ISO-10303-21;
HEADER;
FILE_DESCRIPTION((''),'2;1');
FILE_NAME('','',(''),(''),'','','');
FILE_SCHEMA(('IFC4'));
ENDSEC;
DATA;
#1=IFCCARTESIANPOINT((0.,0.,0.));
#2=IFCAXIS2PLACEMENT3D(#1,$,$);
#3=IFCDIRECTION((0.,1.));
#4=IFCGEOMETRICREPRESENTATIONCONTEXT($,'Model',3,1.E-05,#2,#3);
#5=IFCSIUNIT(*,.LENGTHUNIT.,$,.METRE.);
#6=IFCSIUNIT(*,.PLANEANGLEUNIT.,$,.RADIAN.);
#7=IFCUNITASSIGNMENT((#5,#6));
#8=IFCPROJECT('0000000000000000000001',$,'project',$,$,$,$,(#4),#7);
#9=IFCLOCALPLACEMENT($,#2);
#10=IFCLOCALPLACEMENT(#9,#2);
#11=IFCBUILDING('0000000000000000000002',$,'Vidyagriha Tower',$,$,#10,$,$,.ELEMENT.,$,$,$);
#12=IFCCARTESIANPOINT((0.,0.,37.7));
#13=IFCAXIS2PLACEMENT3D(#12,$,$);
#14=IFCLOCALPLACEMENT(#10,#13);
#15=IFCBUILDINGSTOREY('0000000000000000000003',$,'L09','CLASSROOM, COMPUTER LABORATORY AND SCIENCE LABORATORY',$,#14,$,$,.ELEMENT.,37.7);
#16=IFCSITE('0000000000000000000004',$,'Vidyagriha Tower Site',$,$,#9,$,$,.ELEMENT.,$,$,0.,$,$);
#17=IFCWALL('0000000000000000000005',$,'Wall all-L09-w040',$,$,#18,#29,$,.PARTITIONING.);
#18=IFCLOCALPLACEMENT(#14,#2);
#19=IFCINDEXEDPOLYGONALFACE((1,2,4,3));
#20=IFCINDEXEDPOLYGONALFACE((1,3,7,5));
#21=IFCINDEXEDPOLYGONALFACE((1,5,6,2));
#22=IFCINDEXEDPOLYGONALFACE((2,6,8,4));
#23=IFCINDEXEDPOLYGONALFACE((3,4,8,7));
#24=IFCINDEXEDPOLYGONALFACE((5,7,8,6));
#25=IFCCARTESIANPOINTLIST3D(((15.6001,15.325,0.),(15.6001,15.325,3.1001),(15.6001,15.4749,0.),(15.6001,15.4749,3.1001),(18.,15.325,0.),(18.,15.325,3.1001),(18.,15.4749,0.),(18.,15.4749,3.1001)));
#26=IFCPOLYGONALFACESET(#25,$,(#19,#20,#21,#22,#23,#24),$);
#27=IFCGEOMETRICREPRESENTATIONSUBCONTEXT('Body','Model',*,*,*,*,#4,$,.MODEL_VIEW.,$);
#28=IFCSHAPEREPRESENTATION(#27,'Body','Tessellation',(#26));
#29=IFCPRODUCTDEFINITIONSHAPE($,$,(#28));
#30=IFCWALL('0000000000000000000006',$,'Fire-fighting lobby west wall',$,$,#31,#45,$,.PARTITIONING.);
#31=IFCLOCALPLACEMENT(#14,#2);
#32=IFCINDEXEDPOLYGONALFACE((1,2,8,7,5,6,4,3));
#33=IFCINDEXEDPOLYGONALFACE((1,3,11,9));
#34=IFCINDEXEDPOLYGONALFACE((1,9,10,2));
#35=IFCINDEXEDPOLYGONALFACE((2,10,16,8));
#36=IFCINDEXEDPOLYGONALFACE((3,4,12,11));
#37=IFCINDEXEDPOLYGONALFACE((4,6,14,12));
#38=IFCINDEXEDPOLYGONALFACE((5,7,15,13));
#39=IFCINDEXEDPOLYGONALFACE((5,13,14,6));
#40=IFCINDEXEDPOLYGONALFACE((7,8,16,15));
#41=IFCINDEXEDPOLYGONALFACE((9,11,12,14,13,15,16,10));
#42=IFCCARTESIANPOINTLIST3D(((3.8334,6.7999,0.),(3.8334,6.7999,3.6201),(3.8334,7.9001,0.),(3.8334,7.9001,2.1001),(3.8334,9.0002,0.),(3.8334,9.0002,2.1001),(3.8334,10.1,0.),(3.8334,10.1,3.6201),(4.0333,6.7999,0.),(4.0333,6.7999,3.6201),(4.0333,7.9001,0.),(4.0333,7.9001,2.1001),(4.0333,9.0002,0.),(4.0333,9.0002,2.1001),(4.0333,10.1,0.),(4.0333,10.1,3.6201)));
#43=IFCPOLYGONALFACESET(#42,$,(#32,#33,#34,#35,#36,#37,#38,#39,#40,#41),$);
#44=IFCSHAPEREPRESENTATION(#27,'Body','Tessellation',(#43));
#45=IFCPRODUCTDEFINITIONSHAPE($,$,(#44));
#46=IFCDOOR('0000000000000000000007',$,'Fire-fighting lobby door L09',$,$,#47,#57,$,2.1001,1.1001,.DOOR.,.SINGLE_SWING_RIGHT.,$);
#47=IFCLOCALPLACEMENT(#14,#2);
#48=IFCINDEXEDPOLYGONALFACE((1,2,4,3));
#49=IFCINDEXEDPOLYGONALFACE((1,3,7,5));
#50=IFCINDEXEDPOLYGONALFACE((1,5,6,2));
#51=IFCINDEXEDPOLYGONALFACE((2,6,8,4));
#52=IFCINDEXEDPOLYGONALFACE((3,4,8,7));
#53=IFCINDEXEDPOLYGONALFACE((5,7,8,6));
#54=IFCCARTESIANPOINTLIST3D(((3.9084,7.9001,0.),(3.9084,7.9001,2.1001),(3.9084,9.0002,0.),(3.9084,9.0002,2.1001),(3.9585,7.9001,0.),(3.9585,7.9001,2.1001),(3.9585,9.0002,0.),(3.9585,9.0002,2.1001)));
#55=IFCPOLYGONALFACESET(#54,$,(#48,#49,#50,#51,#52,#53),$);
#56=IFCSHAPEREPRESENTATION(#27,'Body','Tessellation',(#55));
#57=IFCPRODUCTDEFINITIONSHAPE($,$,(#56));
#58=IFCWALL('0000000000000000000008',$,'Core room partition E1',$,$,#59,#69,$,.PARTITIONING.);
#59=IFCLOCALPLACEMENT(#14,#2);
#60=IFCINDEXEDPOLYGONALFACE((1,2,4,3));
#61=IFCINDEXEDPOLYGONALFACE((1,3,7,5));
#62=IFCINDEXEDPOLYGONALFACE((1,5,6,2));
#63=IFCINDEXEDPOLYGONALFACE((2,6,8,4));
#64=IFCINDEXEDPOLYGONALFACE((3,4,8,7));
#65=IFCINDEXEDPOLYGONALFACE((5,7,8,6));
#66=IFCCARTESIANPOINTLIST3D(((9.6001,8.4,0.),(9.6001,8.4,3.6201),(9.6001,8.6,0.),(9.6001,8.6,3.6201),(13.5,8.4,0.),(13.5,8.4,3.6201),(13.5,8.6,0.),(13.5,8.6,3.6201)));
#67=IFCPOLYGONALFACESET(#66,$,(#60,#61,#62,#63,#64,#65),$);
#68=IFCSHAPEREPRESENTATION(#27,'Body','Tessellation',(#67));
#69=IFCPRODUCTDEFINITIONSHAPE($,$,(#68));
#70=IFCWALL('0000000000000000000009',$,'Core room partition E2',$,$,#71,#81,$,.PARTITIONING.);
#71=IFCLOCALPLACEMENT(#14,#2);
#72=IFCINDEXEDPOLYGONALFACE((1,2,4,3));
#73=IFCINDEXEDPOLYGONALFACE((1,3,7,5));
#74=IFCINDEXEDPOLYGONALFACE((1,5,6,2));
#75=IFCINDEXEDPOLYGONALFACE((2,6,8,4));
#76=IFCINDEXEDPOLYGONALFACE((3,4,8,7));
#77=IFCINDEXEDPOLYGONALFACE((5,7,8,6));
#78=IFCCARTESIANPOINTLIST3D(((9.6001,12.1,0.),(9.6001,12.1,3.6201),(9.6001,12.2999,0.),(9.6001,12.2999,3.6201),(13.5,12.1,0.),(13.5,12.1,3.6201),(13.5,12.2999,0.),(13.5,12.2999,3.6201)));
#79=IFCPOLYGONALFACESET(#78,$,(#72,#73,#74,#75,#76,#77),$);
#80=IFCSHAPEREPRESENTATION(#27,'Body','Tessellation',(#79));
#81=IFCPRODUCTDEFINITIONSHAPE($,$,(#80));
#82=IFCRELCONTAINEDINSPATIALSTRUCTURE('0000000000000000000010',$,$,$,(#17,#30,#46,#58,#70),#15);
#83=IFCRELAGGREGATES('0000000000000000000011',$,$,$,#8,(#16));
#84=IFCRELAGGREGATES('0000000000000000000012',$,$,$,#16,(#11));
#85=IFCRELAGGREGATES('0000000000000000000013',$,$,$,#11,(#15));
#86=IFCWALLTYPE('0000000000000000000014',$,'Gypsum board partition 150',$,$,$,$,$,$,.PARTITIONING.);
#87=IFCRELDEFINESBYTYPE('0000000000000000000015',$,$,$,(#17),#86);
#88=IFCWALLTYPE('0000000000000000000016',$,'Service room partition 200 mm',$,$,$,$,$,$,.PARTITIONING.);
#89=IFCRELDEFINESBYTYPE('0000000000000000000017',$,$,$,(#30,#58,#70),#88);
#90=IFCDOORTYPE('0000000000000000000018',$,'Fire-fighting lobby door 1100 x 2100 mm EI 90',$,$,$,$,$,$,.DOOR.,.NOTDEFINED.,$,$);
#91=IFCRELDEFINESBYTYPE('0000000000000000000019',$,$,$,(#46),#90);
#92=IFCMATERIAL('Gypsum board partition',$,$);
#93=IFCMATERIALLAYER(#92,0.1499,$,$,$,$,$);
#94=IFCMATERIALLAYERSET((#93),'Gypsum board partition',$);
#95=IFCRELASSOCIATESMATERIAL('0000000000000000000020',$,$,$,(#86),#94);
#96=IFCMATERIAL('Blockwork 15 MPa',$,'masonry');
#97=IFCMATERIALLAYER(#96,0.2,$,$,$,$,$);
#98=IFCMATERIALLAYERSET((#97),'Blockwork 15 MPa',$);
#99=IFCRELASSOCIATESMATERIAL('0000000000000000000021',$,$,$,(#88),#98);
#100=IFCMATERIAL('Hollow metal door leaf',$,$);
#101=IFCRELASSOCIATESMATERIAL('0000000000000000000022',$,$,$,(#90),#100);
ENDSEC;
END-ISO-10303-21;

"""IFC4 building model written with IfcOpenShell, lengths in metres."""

from ifc_helpers import new_model, si_unit, direction, frame, frame_2d, origin, place, context, subcontext, project, spatial, rectangle, extrude, material, layer, layer_set, type_object, element, fill, save


model = new_model("IFC4")

# Units and contexts
model_context = context("Model", 3, precision=1e-05, world=origin(), true_north=direction((0.0, 1.0)))
body_context = subcontext(model_context, "Body", "Model", "MODEL_VIEW")
ifc_project = project(units=[si_unit("LENGTHUNIT", "METRE"), si_unit("PLANEANGLEUNIT", "RADIAN")], contexts=[model_context])

# Site, building, storey
site_placement = place(None, origin())
site = spatial("IfcSite", under=ifc_project, at=site_placement, Name="Vidyagriha Tower Site", CompositionType="ELEMENT", RefElevation=0.0)
building_placement = place(site_placement, origin())
building = spatial("IfcBuilding", under=site, at=building_placement, Name="Vidyagriha Tower", CompositionType="ELEMENT")
storey_placement = place(building_placement, frame((0.0, 0.0, 37.7)))
storey = spatial("IfcBuildingStorey", under=building, at=storey_placement, Name="L09", Description="CLASSROOM, COMPUTER LABORATORY AND SCIENCE LABORATORY", CompositionType="ELEMENT", Elevation=37.7)

# Wall
ifc_material_1 = material(Name="Gypsum board partition")
ifc_layer_1 = layer(ifc_material_1, 0.1499)
ifc_layer_set_1 = layer_set([ifc_layer_1], Name="Gypsum board partition")
wall_type_1 = type_object("IfcWallType", Name="Gypsum board partition 150", PredefinedType="PARTITIONING", material=ifc_layer_set_1)
for number, where, name in (
    (1, (15.6001, 15.3999, 0.0), "Wall all-L09-w040"),
):
    element("IfcWall", number, at=place(storey_placement, frame(where)), inside=storey, type_object=wall_type_1, Name=name, PredefinedType="PARTITIONING", context=body_context, shape_type="SweptSolid", body=[
        extrude(rectangle(XDim=2.3999, YDim=0.1499, at=frame_2d((1.2, 0.0))), origin(), (0.0, 0.0, 1.0), 3.1001),
    ])

# Wall, opening, door
ifc_material_2 = material(Name="Blockwork 15 MPa", Category="masonry")
ifc_layer_2 = layer(ifc_material_2, 0.2)
ifc_layer_set_2 = layer_set([ifc_layer_2], Name="Blockwork 15 MPa")
wall_type_2 = type_object("IfcWallType", Name="Service room partition 200 mm", PredefinedType="PARTITIONING", material=ifc_layer_set_2)
wall_1_placement = place(storey_placement, frame((3.9333, 6.8, 0.0), z_axis=(0.0, 0.0, 1.0), x_axis=(0.0, 1.0, 0.0)))
wall_1 = element("IfcWall", 2, at=wall_1_placement, inside=storey, type_object=wall_type_2, Name="Fire-fighting lobby west wall", PredefinedType="PARTITIONING", context=body_context, shape_type="SweptSolid", body=[
    extrude(rectangle(XDim=3.3, YDim=0.2, at=frame_2d((1.6499, 0.0))), origin(), (0.0, 0.0, 1.0), 3.6201),
])
opening_1_placement = place(wall_1_placement, frame((1.1001, 0.0, 0.0)))
opening_1 = element("IfcOpeningElement", 3, at=opening_1_placement, cuts=wall_1, PredefinedType="OPENING", context=body_context, shape_type="SweptSolid", body=[
    extrude(rectangle(XDim=1.1001, YDim=2.1001, at=frame_2d((0.55, 1.05))), frame((0.0, 0.1099, 0.0), z_axis=(0.0, -1.0, 0.0), x_axis=(1.0, 0.0, 0.0)), (0.0, 0.0, 1.0), 0.22),
])
ifc_material_3 = material(Name="Hollow metal door leaf")
door_type_1 = type_object("IfcDoorType", Name="Fire-fighting lobby door 1100 x 2100 mm EI 90", OperationType="NOTDEFINED", PredefinedType="DOOR", material=ifc_material_3)
door_1_placement = place(opening_1_placement, origin())
door_1 = element("IfcDoor", 4, at=door_1_placement, inside=storey, type_object=door_type_1, Name="Fire-fighting lobby door L09", OperationType="SINGLE_SWING_RIGHT", OverallHeight=2.1001, OverallWidth=1.1001, PredefinedType="DOOR", context=body_context, shape_type="SweptSolid", body=[
    extrude(rectangle(XDim=1.1001, YDim=2.1001, at=frame_2d((0.55, 1.05))), frame((0.0, 0.0249, 0.0), z_axis=(0.0, -1.0, 0.0), x_axis=(1.0, 0.0, 0.0)), (0.0, 0.0, 1.0), 0.05),
])
fill(opening_1, door_1)

# Walls
for number, where, name in (
    (5, (9.6001, 8.5, 0.0), "Core room partition E1"),
    (6, (9.6001, 12.2, 0.0), "Core room partition E2"),
):
    element("IfcWall", number, at=place(storey_placement, frame(where)), inside=storey, type_object=wall_type_2, Name=name, PredefinedType="PARTITIONING", context=body_context, shape_type="SweptSolid", body=[
        extrude(rectangle(XDim=3.8999, YDim=0.2, at=frame_2d((1.95, 0.0))), origin(), (0.0, 0.0, 1.0), 3.6201),
    ])

save(model, "model.ifc")
